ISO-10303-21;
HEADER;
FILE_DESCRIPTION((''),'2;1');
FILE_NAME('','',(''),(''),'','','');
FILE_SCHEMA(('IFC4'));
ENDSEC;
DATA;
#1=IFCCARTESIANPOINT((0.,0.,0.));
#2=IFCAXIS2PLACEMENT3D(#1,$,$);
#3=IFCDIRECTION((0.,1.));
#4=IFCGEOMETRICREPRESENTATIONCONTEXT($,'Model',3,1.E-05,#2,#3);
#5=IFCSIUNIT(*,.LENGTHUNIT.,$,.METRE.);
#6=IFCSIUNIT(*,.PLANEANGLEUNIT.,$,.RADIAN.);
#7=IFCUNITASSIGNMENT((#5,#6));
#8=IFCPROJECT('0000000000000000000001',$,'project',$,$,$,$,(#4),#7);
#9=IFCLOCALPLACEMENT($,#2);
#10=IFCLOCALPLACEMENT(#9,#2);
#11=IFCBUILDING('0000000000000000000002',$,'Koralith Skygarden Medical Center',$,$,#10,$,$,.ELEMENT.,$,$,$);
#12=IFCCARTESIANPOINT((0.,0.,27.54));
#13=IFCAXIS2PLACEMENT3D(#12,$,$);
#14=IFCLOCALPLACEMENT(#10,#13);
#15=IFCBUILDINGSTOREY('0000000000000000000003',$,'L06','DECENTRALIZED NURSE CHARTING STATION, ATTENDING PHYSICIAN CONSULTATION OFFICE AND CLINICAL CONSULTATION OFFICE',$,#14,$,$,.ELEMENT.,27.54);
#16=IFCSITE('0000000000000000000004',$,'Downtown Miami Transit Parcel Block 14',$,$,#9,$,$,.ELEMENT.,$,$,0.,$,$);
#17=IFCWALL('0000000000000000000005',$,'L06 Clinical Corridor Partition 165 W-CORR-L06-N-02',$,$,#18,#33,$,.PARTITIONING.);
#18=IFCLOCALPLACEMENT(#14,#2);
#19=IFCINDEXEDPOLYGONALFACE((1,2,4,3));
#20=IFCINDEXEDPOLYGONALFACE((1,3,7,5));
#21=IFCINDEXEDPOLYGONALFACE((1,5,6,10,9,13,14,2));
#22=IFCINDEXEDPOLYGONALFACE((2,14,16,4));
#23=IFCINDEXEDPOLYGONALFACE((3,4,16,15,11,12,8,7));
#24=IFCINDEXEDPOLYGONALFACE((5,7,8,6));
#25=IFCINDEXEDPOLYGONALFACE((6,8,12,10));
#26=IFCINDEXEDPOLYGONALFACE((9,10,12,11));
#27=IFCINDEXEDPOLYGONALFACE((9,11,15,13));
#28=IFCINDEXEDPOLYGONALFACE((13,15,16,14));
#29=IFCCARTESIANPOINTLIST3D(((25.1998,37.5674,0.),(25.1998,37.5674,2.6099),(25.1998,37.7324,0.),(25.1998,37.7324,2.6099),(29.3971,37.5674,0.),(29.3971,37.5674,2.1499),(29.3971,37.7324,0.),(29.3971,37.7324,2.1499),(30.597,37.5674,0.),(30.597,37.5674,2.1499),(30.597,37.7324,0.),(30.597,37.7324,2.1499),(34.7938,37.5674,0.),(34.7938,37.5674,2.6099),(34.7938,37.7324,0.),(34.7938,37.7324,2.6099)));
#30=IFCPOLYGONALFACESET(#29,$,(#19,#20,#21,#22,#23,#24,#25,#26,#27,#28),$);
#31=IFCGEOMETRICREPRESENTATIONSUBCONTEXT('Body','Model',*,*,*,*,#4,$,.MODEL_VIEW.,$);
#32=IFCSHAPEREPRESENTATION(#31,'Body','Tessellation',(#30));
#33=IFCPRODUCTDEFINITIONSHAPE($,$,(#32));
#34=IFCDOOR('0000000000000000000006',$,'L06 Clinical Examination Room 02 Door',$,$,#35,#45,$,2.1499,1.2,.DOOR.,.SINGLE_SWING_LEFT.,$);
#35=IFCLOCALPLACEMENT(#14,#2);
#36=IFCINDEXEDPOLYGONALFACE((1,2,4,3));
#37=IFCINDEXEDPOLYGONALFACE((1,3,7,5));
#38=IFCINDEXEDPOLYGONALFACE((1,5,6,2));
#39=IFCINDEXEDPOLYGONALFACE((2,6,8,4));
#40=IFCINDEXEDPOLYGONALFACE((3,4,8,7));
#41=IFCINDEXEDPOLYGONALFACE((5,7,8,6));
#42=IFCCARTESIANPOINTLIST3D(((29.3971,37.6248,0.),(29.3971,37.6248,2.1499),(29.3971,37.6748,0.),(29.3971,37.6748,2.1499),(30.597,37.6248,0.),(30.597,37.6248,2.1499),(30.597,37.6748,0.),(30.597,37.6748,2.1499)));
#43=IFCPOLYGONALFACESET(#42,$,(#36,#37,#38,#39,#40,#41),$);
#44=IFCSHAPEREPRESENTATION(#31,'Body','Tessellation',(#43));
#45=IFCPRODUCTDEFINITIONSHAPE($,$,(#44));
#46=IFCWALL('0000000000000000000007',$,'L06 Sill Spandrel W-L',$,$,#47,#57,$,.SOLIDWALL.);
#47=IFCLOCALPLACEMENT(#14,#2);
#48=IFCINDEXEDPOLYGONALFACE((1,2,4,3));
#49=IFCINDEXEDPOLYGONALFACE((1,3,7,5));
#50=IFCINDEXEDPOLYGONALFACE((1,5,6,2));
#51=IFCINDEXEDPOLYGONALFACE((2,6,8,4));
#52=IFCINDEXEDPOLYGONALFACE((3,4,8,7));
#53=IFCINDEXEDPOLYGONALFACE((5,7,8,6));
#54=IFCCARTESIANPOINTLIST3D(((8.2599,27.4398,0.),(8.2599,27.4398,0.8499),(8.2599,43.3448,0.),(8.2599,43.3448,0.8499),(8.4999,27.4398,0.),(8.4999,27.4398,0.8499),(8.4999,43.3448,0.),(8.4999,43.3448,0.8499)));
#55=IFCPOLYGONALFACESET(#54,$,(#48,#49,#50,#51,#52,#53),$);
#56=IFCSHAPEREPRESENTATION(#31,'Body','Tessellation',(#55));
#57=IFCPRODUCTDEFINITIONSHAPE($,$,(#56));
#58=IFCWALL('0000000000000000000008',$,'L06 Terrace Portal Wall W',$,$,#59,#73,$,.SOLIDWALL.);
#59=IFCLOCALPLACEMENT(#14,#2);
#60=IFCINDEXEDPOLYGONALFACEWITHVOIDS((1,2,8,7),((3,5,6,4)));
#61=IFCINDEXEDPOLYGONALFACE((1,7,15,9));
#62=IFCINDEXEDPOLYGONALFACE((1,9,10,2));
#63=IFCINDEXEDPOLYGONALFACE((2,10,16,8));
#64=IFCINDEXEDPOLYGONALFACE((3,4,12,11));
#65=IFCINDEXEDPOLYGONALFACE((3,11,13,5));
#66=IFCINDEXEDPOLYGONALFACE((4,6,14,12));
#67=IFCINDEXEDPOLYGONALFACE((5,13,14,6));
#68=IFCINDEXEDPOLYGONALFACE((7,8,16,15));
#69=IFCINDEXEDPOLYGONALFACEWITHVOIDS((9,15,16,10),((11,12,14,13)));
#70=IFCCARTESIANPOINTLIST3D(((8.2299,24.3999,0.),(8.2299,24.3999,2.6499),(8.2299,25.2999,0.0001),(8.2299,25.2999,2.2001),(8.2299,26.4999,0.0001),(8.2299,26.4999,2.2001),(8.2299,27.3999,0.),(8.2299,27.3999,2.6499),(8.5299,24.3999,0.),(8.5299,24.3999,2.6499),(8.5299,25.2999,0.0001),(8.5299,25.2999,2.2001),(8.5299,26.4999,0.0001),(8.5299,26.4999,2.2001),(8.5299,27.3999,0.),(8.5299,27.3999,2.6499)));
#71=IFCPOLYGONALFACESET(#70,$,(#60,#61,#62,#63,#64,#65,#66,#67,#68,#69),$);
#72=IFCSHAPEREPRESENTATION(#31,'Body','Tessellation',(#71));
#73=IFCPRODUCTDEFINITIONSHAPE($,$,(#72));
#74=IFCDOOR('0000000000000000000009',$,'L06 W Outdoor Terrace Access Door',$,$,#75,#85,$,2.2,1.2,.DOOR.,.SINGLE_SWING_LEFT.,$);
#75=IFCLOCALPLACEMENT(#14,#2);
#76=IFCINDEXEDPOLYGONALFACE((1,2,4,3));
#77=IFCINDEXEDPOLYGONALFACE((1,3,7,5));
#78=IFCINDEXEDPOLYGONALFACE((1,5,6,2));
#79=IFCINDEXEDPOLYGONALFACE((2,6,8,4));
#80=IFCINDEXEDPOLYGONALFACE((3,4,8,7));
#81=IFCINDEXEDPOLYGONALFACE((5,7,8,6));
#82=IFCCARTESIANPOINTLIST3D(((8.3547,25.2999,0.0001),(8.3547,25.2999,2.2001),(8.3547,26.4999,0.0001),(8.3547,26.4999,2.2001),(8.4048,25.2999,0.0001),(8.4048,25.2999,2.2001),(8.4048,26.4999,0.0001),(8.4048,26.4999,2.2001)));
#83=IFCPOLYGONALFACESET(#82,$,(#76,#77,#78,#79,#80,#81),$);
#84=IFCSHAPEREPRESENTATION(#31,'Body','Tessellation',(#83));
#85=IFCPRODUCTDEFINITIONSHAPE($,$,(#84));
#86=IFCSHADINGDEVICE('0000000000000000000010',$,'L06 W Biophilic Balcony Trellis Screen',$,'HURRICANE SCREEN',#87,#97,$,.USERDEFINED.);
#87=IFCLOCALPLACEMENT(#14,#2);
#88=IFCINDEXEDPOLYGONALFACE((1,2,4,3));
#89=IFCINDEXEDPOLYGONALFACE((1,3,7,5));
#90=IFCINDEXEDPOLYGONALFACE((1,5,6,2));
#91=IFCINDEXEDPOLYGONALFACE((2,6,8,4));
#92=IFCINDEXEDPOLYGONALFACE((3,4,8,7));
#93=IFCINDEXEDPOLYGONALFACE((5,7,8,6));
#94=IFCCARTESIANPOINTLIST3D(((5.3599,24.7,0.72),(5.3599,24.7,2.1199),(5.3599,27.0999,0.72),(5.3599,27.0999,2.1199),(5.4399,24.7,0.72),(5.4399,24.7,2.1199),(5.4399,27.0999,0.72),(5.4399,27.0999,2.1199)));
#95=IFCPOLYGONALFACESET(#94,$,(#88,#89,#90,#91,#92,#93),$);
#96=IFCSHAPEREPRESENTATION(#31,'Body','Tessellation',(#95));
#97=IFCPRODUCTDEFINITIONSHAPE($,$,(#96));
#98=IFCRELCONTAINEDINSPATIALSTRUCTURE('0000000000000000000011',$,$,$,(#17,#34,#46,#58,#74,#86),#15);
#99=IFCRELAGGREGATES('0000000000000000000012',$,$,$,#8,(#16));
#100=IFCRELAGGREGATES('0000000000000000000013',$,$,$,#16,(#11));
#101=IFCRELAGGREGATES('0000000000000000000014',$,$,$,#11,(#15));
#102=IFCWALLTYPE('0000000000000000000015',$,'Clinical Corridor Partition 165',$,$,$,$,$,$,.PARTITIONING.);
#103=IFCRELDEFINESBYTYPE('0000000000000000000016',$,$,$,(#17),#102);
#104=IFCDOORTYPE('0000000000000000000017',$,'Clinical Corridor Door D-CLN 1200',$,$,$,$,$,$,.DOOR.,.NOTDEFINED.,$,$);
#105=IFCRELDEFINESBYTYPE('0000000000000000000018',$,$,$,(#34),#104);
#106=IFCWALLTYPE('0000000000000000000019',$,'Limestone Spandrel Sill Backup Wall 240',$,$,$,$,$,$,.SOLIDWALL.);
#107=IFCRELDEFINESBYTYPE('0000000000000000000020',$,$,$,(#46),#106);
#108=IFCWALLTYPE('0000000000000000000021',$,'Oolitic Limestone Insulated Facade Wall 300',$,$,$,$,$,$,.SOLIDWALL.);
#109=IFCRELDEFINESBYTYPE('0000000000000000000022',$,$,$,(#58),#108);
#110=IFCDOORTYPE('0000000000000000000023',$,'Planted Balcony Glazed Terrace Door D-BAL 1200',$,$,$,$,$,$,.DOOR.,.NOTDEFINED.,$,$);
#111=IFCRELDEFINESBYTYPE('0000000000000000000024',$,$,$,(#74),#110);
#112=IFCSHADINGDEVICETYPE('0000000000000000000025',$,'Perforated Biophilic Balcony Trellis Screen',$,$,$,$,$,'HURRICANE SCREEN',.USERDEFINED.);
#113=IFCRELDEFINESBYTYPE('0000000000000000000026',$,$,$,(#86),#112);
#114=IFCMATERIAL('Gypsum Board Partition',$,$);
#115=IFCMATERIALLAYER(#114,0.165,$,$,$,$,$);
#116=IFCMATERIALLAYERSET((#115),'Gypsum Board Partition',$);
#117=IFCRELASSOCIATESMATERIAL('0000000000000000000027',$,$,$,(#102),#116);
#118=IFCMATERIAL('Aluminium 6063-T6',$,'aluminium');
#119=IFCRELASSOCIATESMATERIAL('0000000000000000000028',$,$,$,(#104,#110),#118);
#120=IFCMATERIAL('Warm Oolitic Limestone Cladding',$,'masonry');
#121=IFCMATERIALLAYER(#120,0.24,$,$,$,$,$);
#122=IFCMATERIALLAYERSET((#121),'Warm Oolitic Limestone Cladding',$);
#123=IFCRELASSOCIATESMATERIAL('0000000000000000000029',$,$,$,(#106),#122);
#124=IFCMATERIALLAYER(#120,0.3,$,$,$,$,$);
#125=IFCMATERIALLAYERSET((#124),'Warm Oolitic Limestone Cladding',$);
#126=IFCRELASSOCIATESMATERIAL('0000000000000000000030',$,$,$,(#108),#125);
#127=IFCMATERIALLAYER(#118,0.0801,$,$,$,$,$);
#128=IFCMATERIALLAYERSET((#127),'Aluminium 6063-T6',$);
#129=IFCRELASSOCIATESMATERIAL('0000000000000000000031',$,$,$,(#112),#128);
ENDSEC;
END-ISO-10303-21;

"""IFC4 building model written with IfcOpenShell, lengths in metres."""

from ifc_helpers import new_model, si_unit, direction, frame, frame_2d, origin, origin_2d, place, context, subcontext, project, spatial, rectangle, extrude, material, layer, layer_set, type_object, element, fill, save


model = new_model("IFC4")

# Units and contexts
model_context = context("Model", 3, precision=1e-05, world=origin(), true_north=direction((0.0, 1.0)))
body_context = subcontext(model_context, "Body", "Model", "MODEL_VIEW")
ifc_project = project(units=[si_unit("LENGTHUNIT", "METRE"), si_unit("PLANEANGLEUNIT", "RADIAN")], contexts=[model_context])

# Site, building, storey
site_placement = place(None, origin())
site = spatial("IfcSite", under=ifc_project, at=site_placement, Name="Downtown Miami Transit Parcel Block 14", CompositionType="ELEMENT", RefElevation=0.0)
building_placement = place(site_placement, origin())
building = spatial("IfcBuilding", under=site, at=building_placement, Name="Koralith Skygarden Medical Center", CompositionType="ELEMENT")
storey_placement = place(building_placement, frame((0.0, 0.0, 27.54)))
storey = spatial("IfcBuildingStorey", under=building, at=storey_placement, Name="L06", Description="DECENTRALIZED NURSE CHARTING STATION, ATTENDING PHYSICIAN CONSULTATION OFFICE AND CLINICAL CONSULTATION OFFICE", CompositionType="ELEMENT", Elevation=27.54)

# Shared definitions
ifc_material_1 = material(Name="Aluminium 6063-T6", Category="aluminium")

# Shared definitions
ifc_material_2 = material(Name="Gypsum Board Partition")
ifc_layer_1 = layer(ifc_material_2, 0.165)
ifc_layer_set_1 = layer_set([ifc_layer_1], Name="Gypsum Board Partition")
wall_type_1 = type_object("IfcWallType", Name="Clinical Corridor Partition 165", PredefinedType="PARTITIONING", material=ifc_layer_set_1)

# Wall, opening, door
wall_1_placement = place(storey_placement, frame((25.2, 37.6499, 0.0), z_axis=(0.0, 0.0, 1.0), x_axis=(1.0, 0.0, 0.0)))
wall_1 = element("IfcWall", 1, at=wall_1_placement, inside=storey, type_object=wall_type_1, Name="L06 Clinical Corridor Partition 165 W-CORR-L06-N-02", PredefinedType="PARTITIONING", context=body_context, shape_type="SweptSolid", body=[
    extrude(rectangle(XDim=9.594, YDim=0.165, at=frame_2d((4.7969, 0.0))), origin(), (0.0, 0.0, 1.0), 2.6099),
])
opening_1_placement = place(wall_1_placement, frame((4.197, 0.0, 0.0)))
opening_1 = element("IfcOpeningElement", 2, at=opening_1_placement, cuts=wall_1, PredefinedType="OPENING", context=body_context, shape_type="SweptSolid", body=[
    extrude(rectangle(XDim=1.2, YDim=2.1499, at=frame_2d((0.6001, 1.075))), frame((0.0, 0.0925, 0.0), z_axis=(0.0, -1.0, 0.0), x_axis=(1.0, 0.0, 0.0)), (0.0, 0.0, 1.0), 0.1851),
])
door_type_1 = type_object("IfcDoorType", Name="Clinical Corridor Door D-CLN 1200", OperationType="NOTDEFINED", PredefinedType="DOOR", material=ifc_material_1)
door_1_placement = place(opening_1_placement, origin())
door_1 = element("IfcDoor", 3, at=door_1_placement, inside=storey, type_object=door_type_1, Name="L06 Clinical Examination Room 02 Door", OperationType="SINGLE_SWING_LEFT", OverallHeight=2.1499, OverallWidth=1.2, PredefinedType="DOOR", context=body_context, shape_type="SweptSolid", body=[
    extrude(rectangle(XDim=1.2, YDim=2.1499, at=frame_2d((0.6001, 1.075))), frame((0.0, 0.0249, 0.0), z_axis=(0.0, -1.0, 0.0), x_axis=(1.0, 0.0, 0.0)), (0.0, 0.0, 1.0), 0.05),
])
fill(opening_1, door_1)

# Wall
ifc_material_3 = material(Name="Warm Oolitic Limestone Cladding", Category="masonry")
ifc_layer_2 = layer(ifc_material_3, 0.24)
ifc_layer_set_2 = layer_set([ifc_layer_2], Name="Warm Oolitic Limestone Cladding")
wall_type_2 = type_object("IfcWallType", Name="Limestone Spandrel Sill Backup Wall 240", PredefinedType="SOLIDWALL", material=ifc_layer_set_2)
wall_2_placement = place(storey_placement, frame((8.3799, 43.345, 0.0), z_axis=(0.0, 0.0, 1.0), x_axis=(0.0, -1.0, 0.0)))
element("IfcWall", 4, at=wall_2_placement, inside=storey, type_object=wall_type_2, Name="L06 Sill Spandrel W-L", PredefinedType="SOLIDWALL", context=body_context, shape_type="SweptSolid", body=[
    extrude(rectangle(XDim=15.905, YDim=0.24, at=frame_2d((7.9526, 0.0))), origin(), (0.0, 0.0, 1.0), 0.8499),
])

# Wall, opening, door
ifc_layer_3 = layer(ifc_material_3, 0.3)
ifc_layer_set_3 = layer_set([ifc_layer_3], Name="Warm Oolitic Limestone Cladding")
wall_type_3 = type_object("IfcWallType", Name="Oolitic Limestone Insulated Facade Wall 300", PredefinedType="SOLIDWALL", material=ifc_layer_set_3)
wall_3_placement = place(storey_placement, frame((8.3799, 27.3999, 0.0), z_axis=(0.0, 0.0, 1.0), x_axis=(0.0, -1.0, 0.0)))
wall_3 = element("IfcWall", 5, at=wall_3_placement, inside=storey, type_object=wall_type_3, Name="L06 Terrace Portal Wall W", PredefinedType="SOLIDWALL", context=body_context, shape_type="SweptSolid", body=[
    extrude(rectangle(XDim=3.0, YDim=0.3, at=frame_2d((1.5, 0.0))), origin(), (0.0, 0.0, 1.0), 2.6499),
])
opening_2_placement = place(wall_3_placement, frame((0.8999, 0.0, 0.0)))
opening_2 = element("IfcOpeningElement", 6, at=opening_2_placement, cuts=wall_3, PredefinedType="OPENING", context=body_context, shape_type="SweptSolid", body=[
    extrude(rectangle(XDim=1.2, YDim=2.2, at=frame_2d((0.6001, 1.1001))), frame((0.0, 0.1599, 0.0), z_axis=(0.0, -1.0, 0.0), x_axis=(1.0, 0.0, 0.0)), (0.0, 0.0, 1.0), 0.3201),
])
door_type_2 = type_object("IfcDoorType", Name="Planted Balcony Glazed Terrace Door D-BAL 1200", OperationType="NOTDEFINED", PredefinedType="DOOR", material=ifc_material_1)
door_2_placement = place(opening_2_placement, origin())
door_2 = element("IfcDoor", 7, at=door_2_placement, inside=storey, type_object=door_type_2, Name="L06 W Outdoor Terrace Access Door", OperationType="SINGLE_SWING_LEFT", OverallHeight=2.2, OverallWidth=1.2, PredefinedType="DOOR", context=body_context, shape_type="SweptSolid", body=[
    extrude(rectangle(XDim=1.2, YDim=2.2, at=frame_2d((0.6001, 1.1001))), frame((0.0, 0.0249, 0.0), z_axis=(0.0, -1.0, 0.0), x_axis=(1.0, 0.0, 0.0)), (0.0, 0.0, 1.0), 0.05),
])
fill(opening_2, door_2)

# Shading device
ifc_layer_4 = layer(ifc_material_1, 0.0801)
ifc_layer_set_4 = layer_set([ifc_layer_4], Name="Aluminium 6063-T6")
shading_device_type = type_object("IfcShadingDeviceType", Name="Perforated Biophilic Balcony Trellis Screen", ElementType="HURRICANE SCREEN", PredefinedType="USERDEFINED", material=ifc_layer_set_4)
shading_device_placement = place(storey_placement, frame((5.3999, 25.8999, 0.72), z_axis=(0.0, 0.0, 1.0), x_axis=(0.0, 1.0, 0.0)))
element("IfcShadingDevice", 8, at=shading_device_placement, inside=storey, type_object=shading_device_type, Name="L06 W Biophilic Balcony Trellis Screen", ObjectType="HURRICANE SCREEN", PredefinedType="USERDEFINED", context=body_context, shape_type="SweptSolid", body=[
    extrude(rectangle(XDim=2.3999, YDim=0.0801, at=origin_2d()), origin(), (0.0, 0.0, 1.0), 1.3999),
])

save(model, "model.ifc")
